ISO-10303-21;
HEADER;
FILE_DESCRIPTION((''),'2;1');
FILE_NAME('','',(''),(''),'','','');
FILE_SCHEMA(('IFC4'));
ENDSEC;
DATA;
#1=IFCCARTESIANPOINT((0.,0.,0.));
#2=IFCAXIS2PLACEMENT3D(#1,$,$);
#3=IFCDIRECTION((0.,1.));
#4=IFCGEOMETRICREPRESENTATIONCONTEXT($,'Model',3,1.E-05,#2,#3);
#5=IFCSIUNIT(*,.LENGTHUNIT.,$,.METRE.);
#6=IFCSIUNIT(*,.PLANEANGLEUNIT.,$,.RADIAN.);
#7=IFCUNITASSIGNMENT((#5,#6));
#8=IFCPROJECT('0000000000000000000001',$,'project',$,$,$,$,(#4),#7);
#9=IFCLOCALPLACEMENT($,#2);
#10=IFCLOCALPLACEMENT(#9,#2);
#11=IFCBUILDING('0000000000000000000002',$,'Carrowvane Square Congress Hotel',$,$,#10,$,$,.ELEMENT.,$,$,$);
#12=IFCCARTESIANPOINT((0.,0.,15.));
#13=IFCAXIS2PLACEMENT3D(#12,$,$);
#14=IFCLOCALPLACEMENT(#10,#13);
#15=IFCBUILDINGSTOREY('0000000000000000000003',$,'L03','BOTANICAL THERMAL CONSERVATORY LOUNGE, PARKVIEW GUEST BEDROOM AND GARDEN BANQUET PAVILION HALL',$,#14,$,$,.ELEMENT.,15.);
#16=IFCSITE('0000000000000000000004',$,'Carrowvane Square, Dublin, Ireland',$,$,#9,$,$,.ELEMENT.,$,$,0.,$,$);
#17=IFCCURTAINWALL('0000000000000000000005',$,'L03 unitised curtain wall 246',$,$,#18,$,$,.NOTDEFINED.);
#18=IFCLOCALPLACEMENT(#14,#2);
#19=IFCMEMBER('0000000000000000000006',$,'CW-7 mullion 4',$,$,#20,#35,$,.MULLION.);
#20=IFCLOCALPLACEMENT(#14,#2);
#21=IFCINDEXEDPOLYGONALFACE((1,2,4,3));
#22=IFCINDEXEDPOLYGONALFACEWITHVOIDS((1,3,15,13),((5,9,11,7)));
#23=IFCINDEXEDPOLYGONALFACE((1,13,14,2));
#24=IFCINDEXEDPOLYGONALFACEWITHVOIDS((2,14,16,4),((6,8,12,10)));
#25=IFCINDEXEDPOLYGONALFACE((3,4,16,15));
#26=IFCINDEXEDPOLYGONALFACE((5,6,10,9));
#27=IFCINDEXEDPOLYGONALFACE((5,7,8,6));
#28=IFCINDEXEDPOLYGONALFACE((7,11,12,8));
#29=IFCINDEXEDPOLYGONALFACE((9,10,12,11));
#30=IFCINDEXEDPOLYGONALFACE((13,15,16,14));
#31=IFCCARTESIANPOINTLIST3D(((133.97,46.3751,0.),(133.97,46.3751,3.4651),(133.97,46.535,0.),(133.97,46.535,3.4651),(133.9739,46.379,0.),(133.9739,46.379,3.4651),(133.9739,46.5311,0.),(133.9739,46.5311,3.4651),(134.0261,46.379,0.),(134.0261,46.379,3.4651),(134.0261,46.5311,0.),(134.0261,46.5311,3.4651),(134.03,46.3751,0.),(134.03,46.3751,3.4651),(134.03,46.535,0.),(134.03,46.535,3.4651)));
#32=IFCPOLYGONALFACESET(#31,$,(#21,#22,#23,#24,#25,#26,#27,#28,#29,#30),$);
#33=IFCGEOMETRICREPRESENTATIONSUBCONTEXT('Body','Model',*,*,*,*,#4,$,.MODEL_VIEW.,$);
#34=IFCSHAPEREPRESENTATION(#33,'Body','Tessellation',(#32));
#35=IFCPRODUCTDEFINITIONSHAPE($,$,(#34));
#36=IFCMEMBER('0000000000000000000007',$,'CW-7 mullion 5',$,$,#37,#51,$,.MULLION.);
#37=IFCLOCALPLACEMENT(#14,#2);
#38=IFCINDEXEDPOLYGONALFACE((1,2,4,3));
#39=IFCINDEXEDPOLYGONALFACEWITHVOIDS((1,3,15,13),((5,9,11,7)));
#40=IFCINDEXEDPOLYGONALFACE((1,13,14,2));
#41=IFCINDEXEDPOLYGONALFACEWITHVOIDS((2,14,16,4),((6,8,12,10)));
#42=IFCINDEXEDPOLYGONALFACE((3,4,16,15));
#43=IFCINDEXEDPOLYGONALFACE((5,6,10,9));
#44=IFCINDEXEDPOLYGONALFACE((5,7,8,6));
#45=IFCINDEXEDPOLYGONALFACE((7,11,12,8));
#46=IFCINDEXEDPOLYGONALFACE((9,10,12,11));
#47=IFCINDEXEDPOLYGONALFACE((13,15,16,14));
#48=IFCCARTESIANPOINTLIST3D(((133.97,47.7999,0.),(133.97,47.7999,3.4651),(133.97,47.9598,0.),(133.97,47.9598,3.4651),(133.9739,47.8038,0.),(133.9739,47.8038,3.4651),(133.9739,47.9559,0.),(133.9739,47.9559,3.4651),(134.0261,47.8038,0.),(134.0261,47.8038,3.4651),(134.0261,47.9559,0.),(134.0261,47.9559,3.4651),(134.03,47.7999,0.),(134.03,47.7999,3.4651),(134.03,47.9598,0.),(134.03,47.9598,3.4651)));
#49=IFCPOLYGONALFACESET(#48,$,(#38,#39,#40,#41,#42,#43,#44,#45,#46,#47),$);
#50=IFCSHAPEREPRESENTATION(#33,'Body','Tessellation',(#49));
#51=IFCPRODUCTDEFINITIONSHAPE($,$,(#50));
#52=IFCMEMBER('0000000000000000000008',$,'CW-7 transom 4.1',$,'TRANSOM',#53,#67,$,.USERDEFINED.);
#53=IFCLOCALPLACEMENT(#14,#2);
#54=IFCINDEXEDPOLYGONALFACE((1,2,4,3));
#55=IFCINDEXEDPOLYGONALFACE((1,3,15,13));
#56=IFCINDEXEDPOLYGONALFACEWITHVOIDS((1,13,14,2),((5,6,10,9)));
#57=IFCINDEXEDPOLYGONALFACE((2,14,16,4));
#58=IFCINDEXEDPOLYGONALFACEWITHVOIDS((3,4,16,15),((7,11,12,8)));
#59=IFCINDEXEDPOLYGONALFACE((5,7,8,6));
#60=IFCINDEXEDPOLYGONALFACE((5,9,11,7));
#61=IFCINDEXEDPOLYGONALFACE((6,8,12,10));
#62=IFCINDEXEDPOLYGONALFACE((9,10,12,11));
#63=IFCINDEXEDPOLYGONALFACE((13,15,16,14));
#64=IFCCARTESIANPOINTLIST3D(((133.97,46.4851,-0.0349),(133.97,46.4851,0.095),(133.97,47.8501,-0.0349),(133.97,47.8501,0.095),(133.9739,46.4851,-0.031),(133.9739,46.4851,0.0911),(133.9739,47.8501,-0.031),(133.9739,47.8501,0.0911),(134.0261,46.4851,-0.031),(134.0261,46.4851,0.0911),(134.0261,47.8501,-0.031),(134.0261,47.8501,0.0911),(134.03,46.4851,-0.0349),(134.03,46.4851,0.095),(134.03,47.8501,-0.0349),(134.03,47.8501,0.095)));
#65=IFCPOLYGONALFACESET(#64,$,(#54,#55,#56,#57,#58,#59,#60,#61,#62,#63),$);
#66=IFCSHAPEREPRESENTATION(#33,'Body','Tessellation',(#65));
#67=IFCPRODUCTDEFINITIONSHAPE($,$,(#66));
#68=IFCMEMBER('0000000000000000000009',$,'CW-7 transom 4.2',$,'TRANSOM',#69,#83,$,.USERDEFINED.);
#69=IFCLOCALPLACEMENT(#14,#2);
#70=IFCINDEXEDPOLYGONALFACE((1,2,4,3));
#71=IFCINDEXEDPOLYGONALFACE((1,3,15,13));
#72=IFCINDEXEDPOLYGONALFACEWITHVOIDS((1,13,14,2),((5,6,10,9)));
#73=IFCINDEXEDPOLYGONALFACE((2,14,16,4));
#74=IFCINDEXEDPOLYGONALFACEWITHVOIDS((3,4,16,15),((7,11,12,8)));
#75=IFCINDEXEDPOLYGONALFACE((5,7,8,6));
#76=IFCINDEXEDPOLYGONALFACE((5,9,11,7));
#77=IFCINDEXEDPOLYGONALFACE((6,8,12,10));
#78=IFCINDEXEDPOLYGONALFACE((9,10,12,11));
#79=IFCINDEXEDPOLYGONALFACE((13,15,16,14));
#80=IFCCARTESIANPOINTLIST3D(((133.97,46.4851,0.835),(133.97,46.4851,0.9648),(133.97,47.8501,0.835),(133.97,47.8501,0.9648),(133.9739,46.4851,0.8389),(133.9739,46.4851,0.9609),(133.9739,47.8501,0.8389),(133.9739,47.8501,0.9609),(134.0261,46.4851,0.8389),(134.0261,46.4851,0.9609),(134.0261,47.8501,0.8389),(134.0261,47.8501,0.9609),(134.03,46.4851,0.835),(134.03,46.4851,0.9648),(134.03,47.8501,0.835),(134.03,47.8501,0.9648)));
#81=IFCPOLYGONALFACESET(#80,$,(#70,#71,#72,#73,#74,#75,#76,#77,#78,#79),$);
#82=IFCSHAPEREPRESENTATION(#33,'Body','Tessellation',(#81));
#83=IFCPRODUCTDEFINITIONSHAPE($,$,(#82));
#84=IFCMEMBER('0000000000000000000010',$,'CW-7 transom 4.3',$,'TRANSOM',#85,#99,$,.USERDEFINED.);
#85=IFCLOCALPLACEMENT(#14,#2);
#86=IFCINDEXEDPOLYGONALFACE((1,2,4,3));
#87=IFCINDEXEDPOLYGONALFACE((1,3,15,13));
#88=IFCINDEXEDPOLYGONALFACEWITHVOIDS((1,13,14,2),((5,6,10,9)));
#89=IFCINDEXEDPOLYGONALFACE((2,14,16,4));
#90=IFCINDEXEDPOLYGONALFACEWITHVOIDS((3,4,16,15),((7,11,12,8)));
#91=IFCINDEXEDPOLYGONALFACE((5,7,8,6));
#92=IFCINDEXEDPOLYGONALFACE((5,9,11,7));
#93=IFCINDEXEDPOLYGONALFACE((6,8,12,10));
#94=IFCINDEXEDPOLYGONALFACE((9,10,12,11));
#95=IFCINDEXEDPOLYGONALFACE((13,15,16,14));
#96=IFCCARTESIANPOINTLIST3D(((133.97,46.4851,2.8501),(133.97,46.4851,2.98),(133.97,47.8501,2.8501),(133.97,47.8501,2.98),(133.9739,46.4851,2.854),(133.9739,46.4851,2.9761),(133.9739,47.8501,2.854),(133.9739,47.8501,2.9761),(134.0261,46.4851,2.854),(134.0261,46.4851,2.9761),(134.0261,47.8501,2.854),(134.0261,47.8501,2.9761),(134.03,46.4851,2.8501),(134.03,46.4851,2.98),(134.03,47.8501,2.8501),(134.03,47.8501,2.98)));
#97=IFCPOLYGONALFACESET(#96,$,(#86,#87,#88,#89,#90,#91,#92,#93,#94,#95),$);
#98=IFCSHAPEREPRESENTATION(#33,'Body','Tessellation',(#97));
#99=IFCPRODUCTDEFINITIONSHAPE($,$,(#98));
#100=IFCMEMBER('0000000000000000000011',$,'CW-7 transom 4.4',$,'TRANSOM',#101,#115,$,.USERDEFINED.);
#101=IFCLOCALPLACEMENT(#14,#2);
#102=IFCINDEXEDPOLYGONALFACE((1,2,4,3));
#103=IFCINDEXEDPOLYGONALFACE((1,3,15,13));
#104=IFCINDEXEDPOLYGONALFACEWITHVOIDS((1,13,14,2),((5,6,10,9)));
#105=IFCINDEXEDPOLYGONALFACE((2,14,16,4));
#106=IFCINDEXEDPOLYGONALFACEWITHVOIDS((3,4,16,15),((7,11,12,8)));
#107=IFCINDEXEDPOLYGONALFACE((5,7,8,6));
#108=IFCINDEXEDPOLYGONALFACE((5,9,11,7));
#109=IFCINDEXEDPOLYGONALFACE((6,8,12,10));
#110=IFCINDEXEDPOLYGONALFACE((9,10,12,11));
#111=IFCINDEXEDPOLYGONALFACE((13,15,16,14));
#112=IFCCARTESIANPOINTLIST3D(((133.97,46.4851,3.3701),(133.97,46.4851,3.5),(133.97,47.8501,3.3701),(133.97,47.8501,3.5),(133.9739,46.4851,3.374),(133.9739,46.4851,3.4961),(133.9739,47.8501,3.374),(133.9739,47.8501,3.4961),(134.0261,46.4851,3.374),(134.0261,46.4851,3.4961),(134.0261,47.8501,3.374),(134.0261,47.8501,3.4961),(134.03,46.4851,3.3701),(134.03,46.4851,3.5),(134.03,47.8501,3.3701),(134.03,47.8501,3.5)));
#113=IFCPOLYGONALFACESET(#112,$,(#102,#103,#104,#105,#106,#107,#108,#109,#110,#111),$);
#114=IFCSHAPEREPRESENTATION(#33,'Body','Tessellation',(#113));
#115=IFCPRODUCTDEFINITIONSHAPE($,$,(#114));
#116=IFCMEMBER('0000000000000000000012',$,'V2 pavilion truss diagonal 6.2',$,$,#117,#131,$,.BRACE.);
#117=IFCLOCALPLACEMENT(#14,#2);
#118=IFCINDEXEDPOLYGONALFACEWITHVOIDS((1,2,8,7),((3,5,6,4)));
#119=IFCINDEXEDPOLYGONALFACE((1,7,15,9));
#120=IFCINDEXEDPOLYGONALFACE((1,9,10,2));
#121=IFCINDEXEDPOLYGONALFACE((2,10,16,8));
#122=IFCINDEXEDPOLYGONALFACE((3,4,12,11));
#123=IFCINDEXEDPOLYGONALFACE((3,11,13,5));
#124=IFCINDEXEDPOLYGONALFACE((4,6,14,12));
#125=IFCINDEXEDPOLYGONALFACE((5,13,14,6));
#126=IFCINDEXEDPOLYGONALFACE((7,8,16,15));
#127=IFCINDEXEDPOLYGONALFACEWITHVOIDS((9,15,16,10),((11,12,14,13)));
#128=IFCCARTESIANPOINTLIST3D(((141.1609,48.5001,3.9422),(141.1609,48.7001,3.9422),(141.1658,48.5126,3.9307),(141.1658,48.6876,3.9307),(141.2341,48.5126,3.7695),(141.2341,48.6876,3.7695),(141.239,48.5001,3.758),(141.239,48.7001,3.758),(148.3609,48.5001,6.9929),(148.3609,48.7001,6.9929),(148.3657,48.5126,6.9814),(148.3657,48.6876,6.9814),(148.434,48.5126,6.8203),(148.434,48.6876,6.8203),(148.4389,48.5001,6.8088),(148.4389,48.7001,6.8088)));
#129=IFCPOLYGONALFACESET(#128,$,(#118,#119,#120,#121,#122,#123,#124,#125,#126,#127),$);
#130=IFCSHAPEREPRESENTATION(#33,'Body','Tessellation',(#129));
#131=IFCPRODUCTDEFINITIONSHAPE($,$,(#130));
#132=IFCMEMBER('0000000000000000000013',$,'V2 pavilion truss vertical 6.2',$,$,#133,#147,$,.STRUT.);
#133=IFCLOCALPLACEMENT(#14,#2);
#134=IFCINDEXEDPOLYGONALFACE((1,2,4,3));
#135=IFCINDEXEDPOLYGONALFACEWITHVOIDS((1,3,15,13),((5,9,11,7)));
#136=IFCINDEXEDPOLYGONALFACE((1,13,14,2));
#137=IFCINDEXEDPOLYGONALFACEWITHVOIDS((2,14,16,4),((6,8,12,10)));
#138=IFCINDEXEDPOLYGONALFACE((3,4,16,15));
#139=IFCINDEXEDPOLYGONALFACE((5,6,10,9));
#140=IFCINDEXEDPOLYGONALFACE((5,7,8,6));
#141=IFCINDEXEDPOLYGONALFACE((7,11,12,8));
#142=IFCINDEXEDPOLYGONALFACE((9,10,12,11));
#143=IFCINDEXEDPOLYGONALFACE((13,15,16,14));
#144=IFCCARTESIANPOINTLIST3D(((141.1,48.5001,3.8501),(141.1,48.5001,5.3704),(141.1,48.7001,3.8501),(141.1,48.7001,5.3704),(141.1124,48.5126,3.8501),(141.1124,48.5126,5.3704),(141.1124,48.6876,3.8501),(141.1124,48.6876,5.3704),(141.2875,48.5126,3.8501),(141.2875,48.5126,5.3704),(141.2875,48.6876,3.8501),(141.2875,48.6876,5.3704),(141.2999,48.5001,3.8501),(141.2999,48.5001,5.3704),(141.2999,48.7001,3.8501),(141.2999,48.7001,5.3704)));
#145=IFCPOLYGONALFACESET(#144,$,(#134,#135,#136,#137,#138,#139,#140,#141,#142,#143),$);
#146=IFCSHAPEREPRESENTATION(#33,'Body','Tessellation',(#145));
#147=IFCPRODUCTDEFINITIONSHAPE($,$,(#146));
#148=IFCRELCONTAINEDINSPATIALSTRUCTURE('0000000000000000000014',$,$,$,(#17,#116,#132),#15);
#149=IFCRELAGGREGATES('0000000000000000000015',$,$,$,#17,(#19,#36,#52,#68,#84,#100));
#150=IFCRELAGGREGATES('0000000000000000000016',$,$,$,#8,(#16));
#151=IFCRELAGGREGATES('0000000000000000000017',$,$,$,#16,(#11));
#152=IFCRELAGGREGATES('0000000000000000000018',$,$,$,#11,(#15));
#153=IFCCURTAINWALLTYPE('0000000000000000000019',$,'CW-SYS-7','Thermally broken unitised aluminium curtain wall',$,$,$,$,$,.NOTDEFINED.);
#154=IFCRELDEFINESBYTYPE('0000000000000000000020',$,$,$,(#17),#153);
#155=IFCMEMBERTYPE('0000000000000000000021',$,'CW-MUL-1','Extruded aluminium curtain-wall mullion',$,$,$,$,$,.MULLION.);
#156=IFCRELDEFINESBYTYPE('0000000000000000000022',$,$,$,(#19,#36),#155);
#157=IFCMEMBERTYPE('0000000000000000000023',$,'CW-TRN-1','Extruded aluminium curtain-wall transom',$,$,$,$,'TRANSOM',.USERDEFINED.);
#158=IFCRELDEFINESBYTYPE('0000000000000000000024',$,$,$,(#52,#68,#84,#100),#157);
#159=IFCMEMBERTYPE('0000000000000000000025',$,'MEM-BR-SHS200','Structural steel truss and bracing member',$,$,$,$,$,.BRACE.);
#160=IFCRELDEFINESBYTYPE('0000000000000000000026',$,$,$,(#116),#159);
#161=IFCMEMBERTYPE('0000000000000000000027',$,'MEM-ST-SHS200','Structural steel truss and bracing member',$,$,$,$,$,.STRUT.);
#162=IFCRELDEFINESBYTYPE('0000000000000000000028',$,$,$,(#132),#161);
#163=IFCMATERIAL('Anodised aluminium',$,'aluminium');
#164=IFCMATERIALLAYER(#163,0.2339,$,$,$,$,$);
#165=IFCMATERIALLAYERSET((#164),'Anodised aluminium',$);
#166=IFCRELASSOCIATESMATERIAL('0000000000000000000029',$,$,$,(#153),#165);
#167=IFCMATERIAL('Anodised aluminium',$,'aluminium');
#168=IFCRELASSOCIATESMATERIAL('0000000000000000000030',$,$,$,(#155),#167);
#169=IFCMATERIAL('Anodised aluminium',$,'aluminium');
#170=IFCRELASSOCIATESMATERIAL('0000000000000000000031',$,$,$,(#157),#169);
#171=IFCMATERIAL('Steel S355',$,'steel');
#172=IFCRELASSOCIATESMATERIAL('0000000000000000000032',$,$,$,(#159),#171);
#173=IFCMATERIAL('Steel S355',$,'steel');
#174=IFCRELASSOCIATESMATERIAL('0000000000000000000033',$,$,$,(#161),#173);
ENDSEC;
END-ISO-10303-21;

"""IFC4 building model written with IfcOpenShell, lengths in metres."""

from ifc_helpers import new_model, si_unit, direction, frame, origin, origin_2d, place, context, subcontext, project, spatial, hollow_rectangle, extrude, material, layer, layer_set, material_profile, profile_set, type_object, element, aggregate, save


model = new_model("IFC4")

# Units and contexts
model_context = context("Model", 3, precision=1e-05, world=origin(), true_north=direction((0.0, 1.0)))
body_context = subcontext(model_context, "Body", "Model", "MODEL_VIEW")
ifc_project = project(units=[si_unit("LENGTHUNIT", "METRE"), si_unit("PLANEANGLEUNIT", "RADIAN")], contexts=[model_context])

# Site, building, storey
site_placement = place(None, origin())
site = spatial("IfcSite", under=ifc_project, at=site_placement, Name="Carrowvane Square, Dublin, Ireland", CompositionType="ELEMENT", RefElevation=0.0)
building_placement = place(site_placement, origin())
building = spatial("IfcBuilding", under=site, at=building_placement, Name="Carrowvane Square Congress Hotel", CompositionType="ELEMENT")
storey_placement = place(building_placement, frame((0.0, 0.0, 15.0)))
storey = spatial("IfcBuildingStorey", under=building, at=storey_placement, Name="L03", Description="BOTANICAL THERMAL CONSERVATORY LOUNGE, PARKVIEW GUEST BEDROOM AND GARDEN BANQUET PAVILION HALL", CompositionType="ELEMENT", Elevation=15.0)

# Curtain wall, members
ifc_material_1 = material(Name="Anodised aluminium", Category="aluminium")
ifc_layer_1 = layer(ifc_material_1, 0.2339)
ifc_layer_set_1 = layer_set([ifc_layer_1], Name="Anodised aluminium")
curtain_wall_type = type_object("IfcCurtainWallType", Name="CW-SYS-7", Description="Thermally broken unitised aluminium curtain wall", PredefinedType="NOTDEFINED", material=ifc_layer_set_1)
curtain_wall_placement = place(storey_placement, origin())
curtain_wall = element("IfcCurtainWall", 1, at=curtain_wall_placement, inside=storey, type_object=curtain_wall_type, Name="L03 unitised curtain wall 246", PredefinedType="NOTDEFINED")
ifc_material_2 = material(Name="Anodised aluminium", Category="aluminium")
ifc_material_profile_1 = material_profile(ifc_material_2, hollow_rectangle(XDim=0.0601, YDim=0.1599, WallThickness=0.0039, at=origin_2d()), Name="CW-ML 60x160x4")
ifc_profile_set_1 = profile_set([ifc_material_profile_1], Name="Anodised aluminium")
member_type_1 = type_object("IfcMemberType", Name="CW-MUL-1", Description="Extruded aluminium curtain-wall mullion", PredefinedType="MULLION", material=ifc_profile_set_1)
member_1_placement = place(storey_placement, frame((134.0, 46.4551, 0.0), z_axis=(0.0, 0.0, 1.0), x_axis=(-1.0, 0.0, 0.0)))
member_1 = element("IfcMember", 2, at=member_1_placement, type_object=member_type_1, Name="CW-7 mullion 4", PredefinedType="MULLION", context=body_context, shape_type="SweptSolid", body=[
    extrude(hollow_rectangle(XDim=0.0601, YDim=0.1599, WallThickness=0.0039, at=origin_2d()), origin(), (0.0, 0.0, 1.0), 3.4651),
])
member_2_placement = place(storey_placement, frame((134.0, 47.8799, 0.0), z_axis=(0.0, 0.0, 1.0), x_axis=(-1.0, 0.0, 0.0)))
member_2 = element("IfcMember", 3, at=member_2_placement, type_object=member_type_1, Name="CW-7 mullion 5", PredefinedType="MULLION", context=body_context, shape_type="SweptSolid", body=[
    extrude(hollow_rectangle(XDim=0.0601, YDim=0.1599, WallThickness=0.0039, at=origin_2d()), origin(), (0.0, 0.0, 1.0), 3.4651),
])
ifc_material_3 = material(Name="Anodised aluminium", Category="aluminium")
ifc_material_profile_2 = material_profile(ifc_material_3, hollow_rectangle(XDim=0.0601, YDim=0.1299, WallThickness=0.0039, at=origin_2d()), Name="CW-TR 60x130x4")
ifc_profile_set_2 = profile_set([ifc_material_profile_2], Name="Anodised aluminium")
member_type_2 = type_object("IfcMemberType", Name="CW-TRN-1", Description="Extruded aluminium curtain-wall transom", ElementType="TRANSOM", PredefinedType="USERDEFINED", material=ifc_profile_set_2)
member_3_placement = place(storey_placement, frame((134.0, 46.4851, 0.03), z_axis=(0.0, 1.0, 0.0), x_axis=(-1.0, 0.0, 0.0)))
member_3 = element("IfcMember", 4, at=member_3_placement, type_object=member_type_2, Name="CW-7 transom 4.1", ObjectType="TRANSOM", PredefinedType="USERDEFINED", context=body_context, shape_type="SweptSolid", body=[
    extrude(hollow_rectangle(XDim=0.0601, YDim=0.1299, WallThickness=0.0039, at=origin_2d()), origin(), (0.0, 0.0, 1.0), 1.365),
])
member_4_placement = place(storey_placement, frame((134.0, 46.4851, 0.8999), z_axis=(0.0, 1.0, 0.0), x_axis=(-1.0, 0.0, 0.0)))
member_4 = element("IfcMember", 5, at=member_4_placement, type_object=member_type_2, Name="CW-7 transom 4.2", ObjectType="TRANSOM", PredefinedType="USERDEFINED", context=body_context, shape_type="SweptSolid", body=[
    extrude(hollow_rectangle(XDim=0.0601, YDim=0.1299, WallThickness=0.0039, at=origin_2d()), origin(), (0.0, 0.0, 1.0), 1.365),
])
member_5_placement = place(storey_placement, frame((134.0, 46.4851, 2.915), z_axis=(0.0, 1.0, 0.0), x_axis=(-1.0, 0.0, 0.0)))
member_5 = element("IfcMember", 6, at=member_5_placement, type_object=member_type_2, Name="CW-7 transom 4.3", ObjectType="TRANSOM", PredefinedType="USERDEFINED", context=body_context, shape_type="SweptSolid", body=[
    extrude(hollow_rectangle(XDim=0.0601, YDim=0.1299, WallThickness=0.0039, at=origin_2d()), origin(), (0.0, 0.0, 1.0), 1.365),
])
member_6_placement = place(storey_placement, frame((134.0, 46.4851, 3.4351), z_axis=(0.0, 1.0, 0.0), x_axis=(-1.0, 0.0, 0.0)))
member_6 = element("IfcMember", 7, at=member_6_placement, type_object=member_type_2, Name="CW-7 transom 4.4", ObjectType="TRANSOM", PredefinedType="USERDEFINED", context=body_context, shape_type="SweptSolid", body=[
    extrude(hollow_rectangle(XDim=0.0601, YDim=0.1299, WallThickness=0.0039, at=origin_2d()), origin(), (0.0, 0.0, 1.0), 1.365),
])

# Members
ifc_material_4 = material(Name="Steel S355", Category="steel")
ifc_material_profile_3 = material_profile(ifc_material_4, hollow_rectangle(XDim=0.2, YDim=0.2, WallThickness=0.0125, at=origin_2d()), Name="SHS 200x200x12.5")
ifc_profile_set_3 = profile_set([ifc_material_profile_3], Name="Steel S355")
member_type_3 = type_object("IfcMemberType", Name="MEM-BR-SHS200", Description="Structural steel truss and bracing member", PredefinedType="BRACE", material=ifc_profile_set_3)
member_7_placement = place(storey_placement, frame((141.2, 48.6001, 3.8501), z_axis=(0.920754, 0.0, 0.390144), x_axis=(0.0, 1.0, 0.0)))
element("IfcMember", 8, at=member_7_placement, inside=storey, type_object=member_type_3, Name="V2 pavilion truss diagonal 6.2", PredefinedType="BRACE", context=body_context, shape_type="SweptSolid", body=[
    extrude(hollow_rectangle(XDim=0.2, YDim=0.2, WallThickness=0.0125, at=origin_2d()), origin(), (0.0, 0.0, 1.0), 7.8196),
])
ifc_material_5 = material(Name="Steel S355", Category="steel")
ifc_material_profile_4 = material_profile(ifc_material_5, hollow_rectangle(XDim=0.2, YDim=0.2, WallThickness=0.0125, at=origin_2d()), Name="SHS 200x200x12.5")
ifc_profile_set_4 = profile_set([ifc_material_profile_4], Name="Steel S355")
member_type_4 = type_object("IfcMemberType", Name="MEM-ST-SHS200", Description="Structural steel truss and bracing member", PredefinedType="STRUT", material=ifc_profile_set_4)
member_8_placement = place(storey_placement, frame((141.2, 48.6001, 3.8501), z_axis=(0.0, 0.0, 1.0), x_axis=(1.0, 0.0, 0.0)))
element("IfcMember", 9, at=member_8_placement, inside=storey, type_object=member_type_4, Name="V2 pavilion truss vertical 6.2", PredefinedType="STRUT", context=body_context, shape_type="SweptSolid", body=[
    extrude(hollow_rectangle(XDim=0.2, YDim=0.2, WallThickness=0.0125, at=origin_2d()), origin(), (0.0, 0.0, 1.0), 1.5203),
])

aggregate(curtain_wall, [member_1, member_2, member_3, member_4, member_5, member_6])

save(model, "model.ifc")
